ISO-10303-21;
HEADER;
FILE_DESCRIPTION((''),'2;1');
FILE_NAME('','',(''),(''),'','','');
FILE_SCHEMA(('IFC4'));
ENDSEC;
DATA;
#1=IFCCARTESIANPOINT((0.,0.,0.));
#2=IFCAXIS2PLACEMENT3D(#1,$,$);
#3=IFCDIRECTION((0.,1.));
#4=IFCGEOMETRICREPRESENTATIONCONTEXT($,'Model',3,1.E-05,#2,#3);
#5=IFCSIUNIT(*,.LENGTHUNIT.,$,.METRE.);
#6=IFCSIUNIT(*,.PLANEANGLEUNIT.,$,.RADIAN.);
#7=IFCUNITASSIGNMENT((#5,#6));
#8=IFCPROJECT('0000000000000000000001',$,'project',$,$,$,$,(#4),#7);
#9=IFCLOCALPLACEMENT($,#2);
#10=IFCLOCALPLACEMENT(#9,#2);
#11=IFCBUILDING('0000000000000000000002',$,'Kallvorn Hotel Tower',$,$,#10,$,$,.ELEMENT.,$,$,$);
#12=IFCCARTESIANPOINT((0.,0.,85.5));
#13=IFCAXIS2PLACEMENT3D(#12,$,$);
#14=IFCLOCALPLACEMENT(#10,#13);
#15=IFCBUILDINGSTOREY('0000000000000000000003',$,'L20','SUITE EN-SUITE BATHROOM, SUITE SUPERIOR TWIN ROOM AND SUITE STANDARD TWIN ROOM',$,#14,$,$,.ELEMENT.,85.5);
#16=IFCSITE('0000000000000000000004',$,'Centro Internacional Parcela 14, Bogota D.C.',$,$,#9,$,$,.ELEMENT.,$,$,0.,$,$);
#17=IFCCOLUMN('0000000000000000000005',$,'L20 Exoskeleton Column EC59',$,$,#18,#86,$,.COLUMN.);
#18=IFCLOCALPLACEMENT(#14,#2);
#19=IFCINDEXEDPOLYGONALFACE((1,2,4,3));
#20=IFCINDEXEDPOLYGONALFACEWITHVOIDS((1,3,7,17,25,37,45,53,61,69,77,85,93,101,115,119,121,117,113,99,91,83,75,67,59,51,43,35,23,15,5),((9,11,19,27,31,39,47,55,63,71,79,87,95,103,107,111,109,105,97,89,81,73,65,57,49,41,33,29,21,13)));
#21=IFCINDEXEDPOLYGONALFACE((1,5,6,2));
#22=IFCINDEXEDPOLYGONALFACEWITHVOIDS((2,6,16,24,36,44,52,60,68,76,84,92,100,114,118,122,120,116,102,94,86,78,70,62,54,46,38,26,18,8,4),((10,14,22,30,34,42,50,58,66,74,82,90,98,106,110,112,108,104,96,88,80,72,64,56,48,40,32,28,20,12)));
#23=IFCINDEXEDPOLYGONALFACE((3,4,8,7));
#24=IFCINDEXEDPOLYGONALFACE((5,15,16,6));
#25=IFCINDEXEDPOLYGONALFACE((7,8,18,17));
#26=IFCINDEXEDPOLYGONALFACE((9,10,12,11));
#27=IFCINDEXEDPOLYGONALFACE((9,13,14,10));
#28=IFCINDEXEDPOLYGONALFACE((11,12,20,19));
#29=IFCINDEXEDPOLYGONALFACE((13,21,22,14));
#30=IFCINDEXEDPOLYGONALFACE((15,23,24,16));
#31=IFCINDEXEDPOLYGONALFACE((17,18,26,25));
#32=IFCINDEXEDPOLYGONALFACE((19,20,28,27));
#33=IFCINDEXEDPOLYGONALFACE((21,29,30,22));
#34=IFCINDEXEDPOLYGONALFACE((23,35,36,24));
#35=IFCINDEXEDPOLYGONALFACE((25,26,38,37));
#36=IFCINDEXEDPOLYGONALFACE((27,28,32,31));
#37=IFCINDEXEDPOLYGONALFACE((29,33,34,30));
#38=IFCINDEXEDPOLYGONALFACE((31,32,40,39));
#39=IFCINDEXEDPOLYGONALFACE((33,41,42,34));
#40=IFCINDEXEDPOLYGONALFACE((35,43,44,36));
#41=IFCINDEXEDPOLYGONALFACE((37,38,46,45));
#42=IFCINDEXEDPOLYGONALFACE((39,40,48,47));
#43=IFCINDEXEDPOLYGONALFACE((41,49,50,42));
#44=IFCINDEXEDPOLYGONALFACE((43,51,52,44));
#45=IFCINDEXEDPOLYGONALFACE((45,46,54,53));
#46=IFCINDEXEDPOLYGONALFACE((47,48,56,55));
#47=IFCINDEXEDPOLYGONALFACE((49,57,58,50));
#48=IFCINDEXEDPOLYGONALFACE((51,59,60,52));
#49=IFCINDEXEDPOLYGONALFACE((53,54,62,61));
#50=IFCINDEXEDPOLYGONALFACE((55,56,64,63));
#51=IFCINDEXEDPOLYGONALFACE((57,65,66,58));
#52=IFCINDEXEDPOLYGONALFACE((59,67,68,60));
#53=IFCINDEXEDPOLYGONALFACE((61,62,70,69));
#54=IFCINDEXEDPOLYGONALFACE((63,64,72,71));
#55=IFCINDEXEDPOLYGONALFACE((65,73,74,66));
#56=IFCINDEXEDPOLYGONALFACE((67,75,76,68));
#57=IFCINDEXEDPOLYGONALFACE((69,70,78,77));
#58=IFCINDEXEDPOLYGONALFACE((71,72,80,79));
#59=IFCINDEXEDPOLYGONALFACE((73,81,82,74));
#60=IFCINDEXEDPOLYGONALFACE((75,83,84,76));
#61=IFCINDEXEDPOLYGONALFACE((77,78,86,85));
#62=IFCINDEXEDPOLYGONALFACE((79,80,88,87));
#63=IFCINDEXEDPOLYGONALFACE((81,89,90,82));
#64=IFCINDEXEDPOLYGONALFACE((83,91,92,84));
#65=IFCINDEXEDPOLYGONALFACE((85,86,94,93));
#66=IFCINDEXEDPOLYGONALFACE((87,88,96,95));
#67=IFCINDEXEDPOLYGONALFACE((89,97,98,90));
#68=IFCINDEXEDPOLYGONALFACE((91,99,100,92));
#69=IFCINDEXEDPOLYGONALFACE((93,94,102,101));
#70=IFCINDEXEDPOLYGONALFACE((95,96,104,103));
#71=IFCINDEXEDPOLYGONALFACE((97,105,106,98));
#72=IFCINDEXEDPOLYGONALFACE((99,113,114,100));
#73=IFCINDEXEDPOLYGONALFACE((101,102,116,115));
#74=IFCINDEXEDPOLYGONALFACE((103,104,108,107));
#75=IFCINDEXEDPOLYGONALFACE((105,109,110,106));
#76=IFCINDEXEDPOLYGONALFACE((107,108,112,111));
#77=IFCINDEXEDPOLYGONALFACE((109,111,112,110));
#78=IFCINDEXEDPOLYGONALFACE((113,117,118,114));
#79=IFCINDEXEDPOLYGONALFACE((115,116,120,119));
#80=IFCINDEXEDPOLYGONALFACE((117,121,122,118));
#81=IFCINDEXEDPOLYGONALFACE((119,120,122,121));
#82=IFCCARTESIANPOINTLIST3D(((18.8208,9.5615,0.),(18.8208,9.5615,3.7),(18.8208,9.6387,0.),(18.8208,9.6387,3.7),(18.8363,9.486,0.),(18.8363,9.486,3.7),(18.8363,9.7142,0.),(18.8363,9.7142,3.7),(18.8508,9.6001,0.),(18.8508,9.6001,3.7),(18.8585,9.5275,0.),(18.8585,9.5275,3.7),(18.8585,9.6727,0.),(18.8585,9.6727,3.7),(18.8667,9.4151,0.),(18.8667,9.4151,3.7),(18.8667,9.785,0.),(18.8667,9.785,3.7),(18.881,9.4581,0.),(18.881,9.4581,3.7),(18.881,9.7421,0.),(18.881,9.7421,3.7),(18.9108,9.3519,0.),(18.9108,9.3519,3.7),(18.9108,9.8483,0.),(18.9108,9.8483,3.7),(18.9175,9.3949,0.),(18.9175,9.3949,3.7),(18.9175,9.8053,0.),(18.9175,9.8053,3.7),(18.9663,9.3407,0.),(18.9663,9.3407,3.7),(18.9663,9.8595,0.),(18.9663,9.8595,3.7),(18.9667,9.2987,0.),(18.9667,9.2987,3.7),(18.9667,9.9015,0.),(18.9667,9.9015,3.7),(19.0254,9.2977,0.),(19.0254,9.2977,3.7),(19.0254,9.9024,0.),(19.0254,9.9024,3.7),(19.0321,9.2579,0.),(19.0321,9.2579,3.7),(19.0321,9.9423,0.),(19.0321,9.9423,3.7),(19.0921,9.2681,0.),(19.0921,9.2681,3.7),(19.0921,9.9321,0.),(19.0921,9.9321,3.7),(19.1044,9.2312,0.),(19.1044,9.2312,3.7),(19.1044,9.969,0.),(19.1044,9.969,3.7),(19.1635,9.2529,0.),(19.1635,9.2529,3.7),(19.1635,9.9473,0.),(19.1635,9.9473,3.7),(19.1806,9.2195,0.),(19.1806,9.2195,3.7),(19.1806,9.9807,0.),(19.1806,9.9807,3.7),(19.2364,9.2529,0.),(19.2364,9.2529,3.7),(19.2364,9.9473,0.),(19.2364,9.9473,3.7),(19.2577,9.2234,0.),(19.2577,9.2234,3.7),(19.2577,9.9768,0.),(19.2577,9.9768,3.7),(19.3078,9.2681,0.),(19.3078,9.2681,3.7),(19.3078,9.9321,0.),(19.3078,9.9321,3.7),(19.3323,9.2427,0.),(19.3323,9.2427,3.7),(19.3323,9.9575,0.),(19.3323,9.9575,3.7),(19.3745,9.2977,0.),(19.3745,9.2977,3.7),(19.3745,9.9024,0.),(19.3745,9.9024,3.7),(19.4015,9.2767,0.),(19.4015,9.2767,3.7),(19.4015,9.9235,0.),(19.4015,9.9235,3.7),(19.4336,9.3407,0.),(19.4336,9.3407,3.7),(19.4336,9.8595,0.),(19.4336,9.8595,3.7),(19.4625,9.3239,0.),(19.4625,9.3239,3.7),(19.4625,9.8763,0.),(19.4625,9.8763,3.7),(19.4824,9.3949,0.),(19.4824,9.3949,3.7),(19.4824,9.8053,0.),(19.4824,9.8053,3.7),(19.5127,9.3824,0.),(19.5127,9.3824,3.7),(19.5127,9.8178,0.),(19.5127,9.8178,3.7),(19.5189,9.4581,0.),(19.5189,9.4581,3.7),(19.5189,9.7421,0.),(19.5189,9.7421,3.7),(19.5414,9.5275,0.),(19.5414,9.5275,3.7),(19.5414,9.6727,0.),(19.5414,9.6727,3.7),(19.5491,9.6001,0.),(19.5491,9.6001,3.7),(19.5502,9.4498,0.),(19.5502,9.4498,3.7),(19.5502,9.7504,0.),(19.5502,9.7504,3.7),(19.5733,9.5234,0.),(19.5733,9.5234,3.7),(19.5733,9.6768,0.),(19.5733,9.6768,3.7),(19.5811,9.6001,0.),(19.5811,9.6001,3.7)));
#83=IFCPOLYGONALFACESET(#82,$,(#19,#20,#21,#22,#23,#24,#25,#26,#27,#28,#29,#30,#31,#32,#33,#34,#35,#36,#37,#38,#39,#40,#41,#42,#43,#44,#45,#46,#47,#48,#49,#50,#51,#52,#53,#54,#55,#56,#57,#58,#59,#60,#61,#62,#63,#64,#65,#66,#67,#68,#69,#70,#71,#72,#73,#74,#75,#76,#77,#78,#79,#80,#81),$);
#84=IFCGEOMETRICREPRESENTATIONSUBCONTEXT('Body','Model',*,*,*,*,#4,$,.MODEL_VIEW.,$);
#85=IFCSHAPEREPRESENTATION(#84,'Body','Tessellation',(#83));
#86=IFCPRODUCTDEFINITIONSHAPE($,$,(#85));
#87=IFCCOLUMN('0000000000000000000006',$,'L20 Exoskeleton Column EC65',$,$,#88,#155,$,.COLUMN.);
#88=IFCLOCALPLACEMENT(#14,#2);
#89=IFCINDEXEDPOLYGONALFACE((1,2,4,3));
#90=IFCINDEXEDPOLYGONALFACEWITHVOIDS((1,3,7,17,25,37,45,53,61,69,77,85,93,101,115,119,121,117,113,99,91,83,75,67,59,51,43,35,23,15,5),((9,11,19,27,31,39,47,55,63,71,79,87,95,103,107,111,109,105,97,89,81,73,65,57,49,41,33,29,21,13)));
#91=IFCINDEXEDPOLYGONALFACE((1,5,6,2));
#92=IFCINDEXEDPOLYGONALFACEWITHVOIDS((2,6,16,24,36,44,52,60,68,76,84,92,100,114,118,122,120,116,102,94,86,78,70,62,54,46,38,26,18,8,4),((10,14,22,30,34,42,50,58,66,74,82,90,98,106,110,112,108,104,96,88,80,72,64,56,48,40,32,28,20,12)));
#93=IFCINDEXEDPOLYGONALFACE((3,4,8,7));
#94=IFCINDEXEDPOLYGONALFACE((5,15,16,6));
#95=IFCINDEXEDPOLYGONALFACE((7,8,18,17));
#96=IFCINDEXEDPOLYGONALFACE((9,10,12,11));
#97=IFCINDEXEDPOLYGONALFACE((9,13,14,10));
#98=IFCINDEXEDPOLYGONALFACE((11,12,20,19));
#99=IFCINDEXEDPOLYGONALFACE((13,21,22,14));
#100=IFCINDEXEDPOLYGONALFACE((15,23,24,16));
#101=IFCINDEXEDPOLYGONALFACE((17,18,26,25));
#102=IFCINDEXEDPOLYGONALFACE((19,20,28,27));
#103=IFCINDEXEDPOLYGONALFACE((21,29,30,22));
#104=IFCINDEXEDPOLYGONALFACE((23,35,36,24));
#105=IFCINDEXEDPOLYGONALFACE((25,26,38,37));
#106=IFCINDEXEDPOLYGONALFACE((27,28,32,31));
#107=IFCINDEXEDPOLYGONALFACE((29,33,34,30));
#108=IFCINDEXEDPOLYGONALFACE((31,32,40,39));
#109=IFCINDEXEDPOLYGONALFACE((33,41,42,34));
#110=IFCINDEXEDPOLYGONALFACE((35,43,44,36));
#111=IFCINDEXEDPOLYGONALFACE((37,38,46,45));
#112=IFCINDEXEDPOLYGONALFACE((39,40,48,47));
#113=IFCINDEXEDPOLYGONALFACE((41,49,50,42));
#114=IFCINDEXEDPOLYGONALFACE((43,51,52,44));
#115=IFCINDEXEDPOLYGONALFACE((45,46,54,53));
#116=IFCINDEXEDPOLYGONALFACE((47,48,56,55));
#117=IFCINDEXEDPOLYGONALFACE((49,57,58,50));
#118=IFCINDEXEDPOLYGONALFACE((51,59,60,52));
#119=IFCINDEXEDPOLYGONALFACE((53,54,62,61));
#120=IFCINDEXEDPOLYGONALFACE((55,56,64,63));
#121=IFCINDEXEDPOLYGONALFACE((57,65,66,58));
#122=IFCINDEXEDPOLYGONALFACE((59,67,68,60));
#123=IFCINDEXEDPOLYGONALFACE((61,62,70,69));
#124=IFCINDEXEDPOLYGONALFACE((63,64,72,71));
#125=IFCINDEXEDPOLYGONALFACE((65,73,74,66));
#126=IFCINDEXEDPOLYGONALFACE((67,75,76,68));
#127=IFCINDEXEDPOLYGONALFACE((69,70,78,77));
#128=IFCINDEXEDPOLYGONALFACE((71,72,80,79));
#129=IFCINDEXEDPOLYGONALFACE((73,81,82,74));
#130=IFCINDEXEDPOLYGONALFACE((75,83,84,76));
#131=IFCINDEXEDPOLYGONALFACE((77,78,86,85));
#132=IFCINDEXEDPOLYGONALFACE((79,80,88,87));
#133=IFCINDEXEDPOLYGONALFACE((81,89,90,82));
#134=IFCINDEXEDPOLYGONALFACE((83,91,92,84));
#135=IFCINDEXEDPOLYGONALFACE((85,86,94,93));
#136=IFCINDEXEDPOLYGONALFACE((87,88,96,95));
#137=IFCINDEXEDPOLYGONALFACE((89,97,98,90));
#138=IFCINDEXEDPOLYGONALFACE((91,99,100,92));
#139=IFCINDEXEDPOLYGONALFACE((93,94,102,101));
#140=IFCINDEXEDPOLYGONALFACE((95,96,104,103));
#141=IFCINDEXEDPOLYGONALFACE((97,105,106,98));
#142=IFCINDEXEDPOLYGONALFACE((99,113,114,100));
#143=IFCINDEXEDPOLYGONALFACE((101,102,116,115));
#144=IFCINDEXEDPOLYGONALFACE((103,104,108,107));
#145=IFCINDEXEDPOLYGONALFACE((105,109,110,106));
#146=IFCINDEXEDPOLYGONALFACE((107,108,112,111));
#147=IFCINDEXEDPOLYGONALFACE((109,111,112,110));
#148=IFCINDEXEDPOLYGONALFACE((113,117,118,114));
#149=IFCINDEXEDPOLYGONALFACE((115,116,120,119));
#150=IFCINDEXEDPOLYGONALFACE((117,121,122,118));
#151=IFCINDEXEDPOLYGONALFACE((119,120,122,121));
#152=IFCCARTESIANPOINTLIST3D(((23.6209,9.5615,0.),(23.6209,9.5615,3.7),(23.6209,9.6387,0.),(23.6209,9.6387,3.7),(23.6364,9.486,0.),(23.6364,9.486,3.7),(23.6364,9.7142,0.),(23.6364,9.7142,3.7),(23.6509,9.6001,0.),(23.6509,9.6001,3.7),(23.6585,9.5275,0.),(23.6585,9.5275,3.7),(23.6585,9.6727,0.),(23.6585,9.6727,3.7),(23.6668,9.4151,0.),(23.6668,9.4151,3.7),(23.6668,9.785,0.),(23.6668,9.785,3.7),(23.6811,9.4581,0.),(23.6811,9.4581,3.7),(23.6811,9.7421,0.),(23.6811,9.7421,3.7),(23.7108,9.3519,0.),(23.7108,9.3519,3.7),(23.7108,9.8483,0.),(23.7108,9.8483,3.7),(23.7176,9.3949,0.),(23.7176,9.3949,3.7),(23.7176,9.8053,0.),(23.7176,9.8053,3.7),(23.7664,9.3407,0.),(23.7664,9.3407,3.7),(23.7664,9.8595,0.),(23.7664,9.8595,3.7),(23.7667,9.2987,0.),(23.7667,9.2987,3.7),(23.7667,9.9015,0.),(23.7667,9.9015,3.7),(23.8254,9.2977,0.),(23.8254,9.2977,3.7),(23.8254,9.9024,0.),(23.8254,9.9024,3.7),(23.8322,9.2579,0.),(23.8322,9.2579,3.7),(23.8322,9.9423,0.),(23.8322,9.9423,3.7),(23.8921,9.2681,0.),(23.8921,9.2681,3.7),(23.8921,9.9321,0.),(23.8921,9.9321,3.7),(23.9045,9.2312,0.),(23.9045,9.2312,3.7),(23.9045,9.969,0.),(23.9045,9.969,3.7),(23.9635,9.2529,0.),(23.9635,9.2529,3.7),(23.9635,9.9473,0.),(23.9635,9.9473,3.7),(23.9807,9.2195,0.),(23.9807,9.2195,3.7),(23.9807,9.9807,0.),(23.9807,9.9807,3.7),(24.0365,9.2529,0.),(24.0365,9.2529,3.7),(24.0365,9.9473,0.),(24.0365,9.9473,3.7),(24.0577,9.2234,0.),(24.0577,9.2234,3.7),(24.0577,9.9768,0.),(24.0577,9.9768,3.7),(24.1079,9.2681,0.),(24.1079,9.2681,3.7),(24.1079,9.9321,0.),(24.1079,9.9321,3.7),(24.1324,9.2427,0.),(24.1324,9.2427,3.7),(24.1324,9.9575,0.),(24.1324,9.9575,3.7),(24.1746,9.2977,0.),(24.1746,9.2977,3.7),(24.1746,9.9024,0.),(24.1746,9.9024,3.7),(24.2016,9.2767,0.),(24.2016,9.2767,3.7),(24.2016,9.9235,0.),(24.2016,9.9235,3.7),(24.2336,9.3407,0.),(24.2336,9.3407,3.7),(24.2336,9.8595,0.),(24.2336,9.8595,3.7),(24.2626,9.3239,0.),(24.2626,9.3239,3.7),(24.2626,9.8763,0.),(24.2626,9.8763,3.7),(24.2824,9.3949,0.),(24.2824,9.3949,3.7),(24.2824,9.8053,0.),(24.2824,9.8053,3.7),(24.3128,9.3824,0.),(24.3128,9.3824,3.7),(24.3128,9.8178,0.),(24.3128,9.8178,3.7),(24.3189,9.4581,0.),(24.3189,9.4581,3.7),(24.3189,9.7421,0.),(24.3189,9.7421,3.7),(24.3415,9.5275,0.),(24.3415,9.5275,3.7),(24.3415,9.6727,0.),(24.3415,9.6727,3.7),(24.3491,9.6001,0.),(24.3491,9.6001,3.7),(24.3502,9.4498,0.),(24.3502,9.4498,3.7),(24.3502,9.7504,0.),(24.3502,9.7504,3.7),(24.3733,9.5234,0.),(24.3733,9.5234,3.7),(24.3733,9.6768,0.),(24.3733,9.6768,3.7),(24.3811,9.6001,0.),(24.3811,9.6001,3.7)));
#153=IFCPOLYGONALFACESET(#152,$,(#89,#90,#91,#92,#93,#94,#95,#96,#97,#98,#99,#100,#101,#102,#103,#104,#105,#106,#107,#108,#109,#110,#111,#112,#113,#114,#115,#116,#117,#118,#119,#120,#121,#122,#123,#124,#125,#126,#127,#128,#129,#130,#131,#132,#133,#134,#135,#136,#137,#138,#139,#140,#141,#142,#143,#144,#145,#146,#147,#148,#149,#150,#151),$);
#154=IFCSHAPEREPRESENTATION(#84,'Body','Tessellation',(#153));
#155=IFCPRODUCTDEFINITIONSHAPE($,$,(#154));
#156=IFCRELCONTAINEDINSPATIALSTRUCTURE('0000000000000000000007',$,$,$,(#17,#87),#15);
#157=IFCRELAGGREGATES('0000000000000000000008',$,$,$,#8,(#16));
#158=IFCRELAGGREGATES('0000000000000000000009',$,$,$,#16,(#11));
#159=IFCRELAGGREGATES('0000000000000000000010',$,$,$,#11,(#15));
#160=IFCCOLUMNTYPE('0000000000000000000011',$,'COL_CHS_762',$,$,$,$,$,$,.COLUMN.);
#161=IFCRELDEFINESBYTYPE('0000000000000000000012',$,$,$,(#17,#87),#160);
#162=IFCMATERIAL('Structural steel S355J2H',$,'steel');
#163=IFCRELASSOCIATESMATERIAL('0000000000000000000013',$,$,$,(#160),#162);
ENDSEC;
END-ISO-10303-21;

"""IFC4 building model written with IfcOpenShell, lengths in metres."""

from ifc_helpers import new_model, si_unit, direction, frame, origin, origin_2d, place, context, subcontext, project, spatial, hollow_circle, extrude, material, material_profile, profile_set, type_object, element, save


model = new_model("IFC4")

# Units and contexts
model_context = context("Model", 3, precision=1e-05, world=origin(), true_north=direction((0.0, 1.0)))
body_context = subcontext(model_context, "Body", "Model", "MODEL_VIEW")
ifc_project = project(units=[si_unit("LENGTHUNIT", "METRE"), si_unit("PLANEANGLEUNIT", "RADIAN")], contexts=[model_context])

# Site, building, storey
site_placement = place(None, origin())
site = spatial("IfcSite", under=ifc_project, at=site_placement, Name="Centro Internacional Parcela 14, Bogota D.C.", CompositionType="ELEMENT", RefElevation=0.0)
building_placement = place(site_placement, origin())
building = spatial("IfcBuilding", under=site, at=building_placement, Name="Kallvorn Hotel Tower", CompositionType="ELEMENT")
storey_placement = place(building_placement, frame((0.0, 0.0, 85.5)))
storey = spatial("IfcBuildingStorey", under=building, at=storey_placement, Name="L20", Description="SUITE EN-SUITE BATHROOM, SUITE SUPERIOR TWIN ROOM AND SUITE STANDARD TWIN ROOM", CompositionType="ELEMENT", Elevation=85.5)

# Columns
ifc_material_1 = material(Name="Structural steel S355J2H", Category="steel")
ifc_material_profile_1 = material_profile(ifc_material_1, hollow_circle(Radius=0.3811, WallThickness=0.032, at=origin_2d()), Name="CHS 762x32")
ifc_profile_set_1 = profile_set([ifc_material_profile_1], Name="Structural steel S355J2H")
column_type_1 = type_object("IfcColumnType", Name="COL_CHS_762", PredefinedType="COLUMN", material=ifc_profile_set_1)
for number, where, z_axis, x_axis, name in (
    (1, (19.2, 9.6001, 0.0), (0.0, 0.0, 1.0), (1.0, 0.0, 0.0), "L20 Exoskeleton Column EC59"),
    (2, (24.0, 9.6001, 0.0), (0.0, 0.0, 1.0), (1.0, 0.0, 0.0), "L20 Exoskeleton Column EC65"),
):
    element("IfcColumn", number, at=place(storey_placement, frame(where, z_axis=z_axis, x_axis=x_axis)), inside=storey, type_object=column_type_1, Name=name, PredefinedType="COLUMN", context=body_context, shape_type="SweptSolid", body=[
        extrude(hollow_circle(Radius=0.3811, WallThickness=0.032, at=origin_2d()), origin(), (0.0, 0.0, 1.0), 3.7),
    ])

save(model, "model.ifc")
